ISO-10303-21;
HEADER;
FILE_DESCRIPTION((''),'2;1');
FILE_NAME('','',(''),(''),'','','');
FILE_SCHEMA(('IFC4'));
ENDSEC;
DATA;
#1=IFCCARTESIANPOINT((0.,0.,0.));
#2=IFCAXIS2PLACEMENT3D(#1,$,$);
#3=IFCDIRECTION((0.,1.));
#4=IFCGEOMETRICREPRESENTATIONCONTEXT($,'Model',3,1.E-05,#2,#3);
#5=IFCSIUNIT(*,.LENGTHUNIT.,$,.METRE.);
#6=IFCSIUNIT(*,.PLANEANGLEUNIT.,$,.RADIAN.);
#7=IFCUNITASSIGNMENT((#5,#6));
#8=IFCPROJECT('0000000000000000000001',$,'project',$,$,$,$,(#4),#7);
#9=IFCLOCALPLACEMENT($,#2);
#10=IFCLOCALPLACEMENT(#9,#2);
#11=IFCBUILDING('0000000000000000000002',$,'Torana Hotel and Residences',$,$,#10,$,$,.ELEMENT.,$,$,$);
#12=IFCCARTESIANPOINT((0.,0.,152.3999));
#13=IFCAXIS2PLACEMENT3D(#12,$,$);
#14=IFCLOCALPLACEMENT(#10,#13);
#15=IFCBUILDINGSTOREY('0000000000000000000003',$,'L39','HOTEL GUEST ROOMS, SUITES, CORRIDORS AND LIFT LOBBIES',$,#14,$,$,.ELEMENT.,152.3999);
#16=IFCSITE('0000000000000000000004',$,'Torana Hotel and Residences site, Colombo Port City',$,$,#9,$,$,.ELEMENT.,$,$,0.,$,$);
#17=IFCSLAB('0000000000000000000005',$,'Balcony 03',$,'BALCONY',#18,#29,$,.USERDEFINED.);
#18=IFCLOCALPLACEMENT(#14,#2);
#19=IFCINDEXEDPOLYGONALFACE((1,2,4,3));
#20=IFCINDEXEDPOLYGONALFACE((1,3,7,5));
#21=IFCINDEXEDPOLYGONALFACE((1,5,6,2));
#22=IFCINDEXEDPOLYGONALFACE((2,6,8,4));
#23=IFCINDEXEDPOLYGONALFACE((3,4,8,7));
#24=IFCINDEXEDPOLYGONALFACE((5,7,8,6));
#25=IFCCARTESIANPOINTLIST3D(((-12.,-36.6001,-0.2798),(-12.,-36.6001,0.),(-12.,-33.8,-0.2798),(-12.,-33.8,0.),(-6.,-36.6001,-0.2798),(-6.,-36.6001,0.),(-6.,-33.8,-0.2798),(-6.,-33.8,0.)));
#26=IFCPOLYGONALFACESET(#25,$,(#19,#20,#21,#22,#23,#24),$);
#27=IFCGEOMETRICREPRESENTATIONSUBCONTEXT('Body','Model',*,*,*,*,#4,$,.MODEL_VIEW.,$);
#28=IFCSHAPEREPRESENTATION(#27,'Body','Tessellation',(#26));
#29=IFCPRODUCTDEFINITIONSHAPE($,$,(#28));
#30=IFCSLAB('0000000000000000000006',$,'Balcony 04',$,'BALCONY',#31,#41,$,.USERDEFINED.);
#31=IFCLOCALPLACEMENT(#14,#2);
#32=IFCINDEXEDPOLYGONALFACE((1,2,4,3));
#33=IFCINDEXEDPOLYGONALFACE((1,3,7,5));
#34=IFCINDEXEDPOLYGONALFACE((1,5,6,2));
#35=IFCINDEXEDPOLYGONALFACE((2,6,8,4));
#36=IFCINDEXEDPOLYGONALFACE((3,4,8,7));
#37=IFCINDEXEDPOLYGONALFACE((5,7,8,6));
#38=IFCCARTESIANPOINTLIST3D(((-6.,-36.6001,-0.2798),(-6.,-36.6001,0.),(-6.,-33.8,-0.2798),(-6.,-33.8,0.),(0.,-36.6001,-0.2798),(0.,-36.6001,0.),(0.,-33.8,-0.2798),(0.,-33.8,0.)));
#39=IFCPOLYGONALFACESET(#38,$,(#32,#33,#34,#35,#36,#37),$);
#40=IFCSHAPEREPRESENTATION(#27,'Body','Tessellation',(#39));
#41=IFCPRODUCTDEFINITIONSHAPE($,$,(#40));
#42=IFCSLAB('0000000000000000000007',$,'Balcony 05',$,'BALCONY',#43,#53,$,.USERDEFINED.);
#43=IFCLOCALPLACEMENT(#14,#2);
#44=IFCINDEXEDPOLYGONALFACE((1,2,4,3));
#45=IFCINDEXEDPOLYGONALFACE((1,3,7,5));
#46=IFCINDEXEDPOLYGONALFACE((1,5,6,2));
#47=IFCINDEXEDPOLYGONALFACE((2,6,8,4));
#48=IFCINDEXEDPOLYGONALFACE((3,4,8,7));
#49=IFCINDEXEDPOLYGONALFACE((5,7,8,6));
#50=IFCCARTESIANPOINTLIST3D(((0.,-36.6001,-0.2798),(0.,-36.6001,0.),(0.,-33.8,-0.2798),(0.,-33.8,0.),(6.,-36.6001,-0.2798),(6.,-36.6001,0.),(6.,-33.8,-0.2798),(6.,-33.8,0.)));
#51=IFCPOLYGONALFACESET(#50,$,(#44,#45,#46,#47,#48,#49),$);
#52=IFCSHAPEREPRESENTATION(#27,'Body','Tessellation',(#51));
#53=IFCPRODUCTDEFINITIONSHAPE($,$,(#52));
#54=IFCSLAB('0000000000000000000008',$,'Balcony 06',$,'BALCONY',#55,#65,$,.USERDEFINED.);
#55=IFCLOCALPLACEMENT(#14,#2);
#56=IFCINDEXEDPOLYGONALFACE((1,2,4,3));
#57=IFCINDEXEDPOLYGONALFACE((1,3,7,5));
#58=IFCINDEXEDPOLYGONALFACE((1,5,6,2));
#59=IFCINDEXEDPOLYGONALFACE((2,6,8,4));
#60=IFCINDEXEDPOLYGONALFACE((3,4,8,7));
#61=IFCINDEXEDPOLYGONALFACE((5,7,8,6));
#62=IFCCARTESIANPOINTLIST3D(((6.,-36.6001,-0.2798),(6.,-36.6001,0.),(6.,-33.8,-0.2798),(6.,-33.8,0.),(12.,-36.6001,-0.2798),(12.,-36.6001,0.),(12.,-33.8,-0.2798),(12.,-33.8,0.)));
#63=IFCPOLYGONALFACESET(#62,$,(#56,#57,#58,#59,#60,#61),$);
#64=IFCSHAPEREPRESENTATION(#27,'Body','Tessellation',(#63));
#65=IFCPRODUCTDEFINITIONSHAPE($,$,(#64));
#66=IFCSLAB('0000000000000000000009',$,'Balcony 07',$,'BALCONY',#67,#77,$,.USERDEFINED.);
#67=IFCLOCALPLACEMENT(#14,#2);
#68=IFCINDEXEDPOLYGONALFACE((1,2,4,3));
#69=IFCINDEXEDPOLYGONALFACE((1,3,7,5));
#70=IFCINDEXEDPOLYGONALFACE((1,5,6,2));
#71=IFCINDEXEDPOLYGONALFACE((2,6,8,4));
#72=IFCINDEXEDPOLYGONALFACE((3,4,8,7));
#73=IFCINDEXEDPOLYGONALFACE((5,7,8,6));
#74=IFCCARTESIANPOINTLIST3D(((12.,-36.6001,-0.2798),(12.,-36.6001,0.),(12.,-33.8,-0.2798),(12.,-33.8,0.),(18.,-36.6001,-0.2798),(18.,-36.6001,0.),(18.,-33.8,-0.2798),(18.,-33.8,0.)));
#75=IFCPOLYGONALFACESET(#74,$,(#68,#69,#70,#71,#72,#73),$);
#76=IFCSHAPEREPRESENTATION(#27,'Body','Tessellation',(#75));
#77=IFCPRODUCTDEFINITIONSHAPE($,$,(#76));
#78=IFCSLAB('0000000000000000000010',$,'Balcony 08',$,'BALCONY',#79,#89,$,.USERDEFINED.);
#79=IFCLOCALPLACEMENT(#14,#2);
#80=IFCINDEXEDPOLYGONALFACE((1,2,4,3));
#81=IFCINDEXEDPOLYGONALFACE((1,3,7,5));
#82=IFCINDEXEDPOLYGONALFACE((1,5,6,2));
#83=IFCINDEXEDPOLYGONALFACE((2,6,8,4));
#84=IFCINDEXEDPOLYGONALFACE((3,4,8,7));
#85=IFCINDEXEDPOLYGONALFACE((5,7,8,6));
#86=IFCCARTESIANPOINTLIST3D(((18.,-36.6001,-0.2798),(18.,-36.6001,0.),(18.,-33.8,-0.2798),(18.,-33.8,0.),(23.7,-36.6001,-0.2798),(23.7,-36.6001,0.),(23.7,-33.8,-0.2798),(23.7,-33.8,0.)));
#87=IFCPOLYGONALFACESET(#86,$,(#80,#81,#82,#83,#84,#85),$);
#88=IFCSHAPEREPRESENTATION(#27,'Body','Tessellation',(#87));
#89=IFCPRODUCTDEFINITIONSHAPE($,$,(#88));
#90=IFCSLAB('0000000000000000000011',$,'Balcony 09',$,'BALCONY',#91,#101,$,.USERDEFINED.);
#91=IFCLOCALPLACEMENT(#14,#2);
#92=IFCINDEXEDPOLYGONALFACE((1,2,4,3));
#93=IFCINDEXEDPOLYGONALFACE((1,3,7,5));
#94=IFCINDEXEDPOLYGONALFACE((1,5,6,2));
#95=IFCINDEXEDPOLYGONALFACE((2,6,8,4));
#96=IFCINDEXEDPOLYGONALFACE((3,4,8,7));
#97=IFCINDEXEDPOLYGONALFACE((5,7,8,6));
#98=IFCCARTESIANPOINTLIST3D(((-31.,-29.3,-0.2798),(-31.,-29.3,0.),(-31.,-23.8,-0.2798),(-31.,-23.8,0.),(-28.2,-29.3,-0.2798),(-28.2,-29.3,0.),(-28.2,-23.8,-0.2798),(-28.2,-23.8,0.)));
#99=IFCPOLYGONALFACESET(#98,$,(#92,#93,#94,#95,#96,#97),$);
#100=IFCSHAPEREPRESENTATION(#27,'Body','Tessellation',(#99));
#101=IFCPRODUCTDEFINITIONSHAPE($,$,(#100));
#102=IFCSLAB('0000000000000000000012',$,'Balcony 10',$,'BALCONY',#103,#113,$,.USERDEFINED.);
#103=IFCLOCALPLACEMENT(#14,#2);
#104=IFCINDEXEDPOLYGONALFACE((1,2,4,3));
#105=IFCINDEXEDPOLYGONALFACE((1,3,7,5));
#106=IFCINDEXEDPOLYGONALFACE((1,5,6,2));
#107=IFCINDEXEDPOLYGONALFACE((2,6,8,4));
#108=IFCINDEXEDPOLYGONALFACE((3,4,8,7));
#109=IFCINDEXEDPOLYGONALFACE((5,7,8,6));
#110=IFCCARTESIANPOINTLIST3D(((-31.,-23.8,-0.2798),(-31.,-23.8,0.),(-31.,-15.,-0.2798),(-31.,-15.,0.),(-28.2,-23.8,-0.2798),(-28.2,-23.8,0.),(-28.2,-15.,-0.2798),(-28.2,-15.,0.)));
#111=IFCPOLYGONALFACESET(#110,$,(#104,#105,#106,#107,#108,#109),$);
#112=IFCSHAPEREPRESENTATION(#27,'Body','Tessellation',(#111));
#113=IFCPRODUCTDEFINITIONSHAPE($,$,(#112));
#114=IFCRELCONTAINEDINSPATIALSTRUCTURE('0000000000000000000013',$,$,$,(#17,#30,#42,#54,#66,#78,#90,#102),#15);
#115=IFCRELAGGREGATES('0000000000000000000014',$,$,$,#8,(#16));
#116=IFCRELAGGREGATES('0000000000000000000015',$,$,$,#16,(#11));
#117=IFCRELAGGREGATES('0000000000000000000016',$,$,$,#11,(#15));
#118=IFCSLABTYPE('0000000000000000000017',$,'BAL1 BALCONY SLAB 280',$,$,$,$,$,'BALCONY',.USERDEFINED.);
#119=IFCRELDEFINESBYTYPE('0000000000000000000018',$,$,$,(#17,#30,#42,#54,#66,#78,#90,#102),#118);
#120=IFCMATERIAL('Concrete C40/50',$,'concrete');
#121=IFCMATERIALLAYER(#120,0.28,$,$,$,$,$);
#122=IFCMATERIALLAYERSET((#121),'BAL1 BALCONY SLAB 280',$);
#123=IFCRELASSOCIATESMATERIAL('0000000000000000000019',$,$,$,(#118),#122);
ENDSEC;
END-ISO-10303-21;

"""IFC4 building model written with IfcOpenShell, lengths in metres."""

from ifc_helpers import new_model, si_unit, direction, frame, origin, place, context, subcontext, project, spatial, polyline, outline, extrude, material, layer, layer_set, type_object, element, save


model = new_model("IFC4")

# Units and contexts
model_context = context("Model", 3, precision=1e-05, world=origin(), true_north=direction((0.0, 1.0)))
body_context = subcontext(model_context, "Body", "Model", "MODEL_VIEW")
ifc_project = project(units=[si_unit("LENGTHUNIT", "METRE"), si_unit("PLANEANGLEUNIT", "RADIAN")], contexts=[model_context])

# Site, building, storey
site_placement = place(None, origin())
site = spatial("IfcSite", under=ifc_project, at=site_placement, Name="Torana Hotel and Residences site, Colombo Port City", CompositionType="ELEMENT", RefElevation=0.0)
building_placement = place(site_placement, origin())
building = spatial("IfcBuilding", under=site, at=building_placement, Name="Torana Hotel and Residences", CompositionType="ELEMENT")
storey_placement = place(building_placement, frame((0.0, 0.0, 152.3999)))
storey = spatial("IfcBuildingStorey", under=building, at=storey_placement, Name="L39", Description="HOTEL GUEST ROOMS, SUITES, CORRIDORS AND LIFT LOBBIES", CompositionType="ELEMENT", Elevation=152.3999)

# Slabs
ifc_material_1 = material(Name="Concrete C40/50", Category="concrete")
ifc_layer_1 = layer(ifc_material_1, 0.28)
ifc_layer_set_1 = layer_set([ifc_layer_1], Name="BAL1 BALCONY SLAB 280")
slab_type = type_object("IfcSlabType", Name="BAL1 BALCONY SLAB 280", ElementType="BALCONY", PredefinedType="USERDEFINED", material=ifc_layer_set_1)
slab_1_placement = place(storey_placement, frame((0.0, 0.0, -0.2798)))
element("IfcSlab", 1, at=slab_1_placement, inside=storey, type_object=slab_type, Name="Balcony 03", ObjectType="BALCONY", PredefinedType="USERDEFINED", context=body_context, shape_type="SweptSolid", body=[
    extrude(outline(polyline([(-12.0, -36.6001), (-6.0, -36.6001), (-6.0, -33.8), (-12.0, -33.8), (-12.0, -36.6001)])), origin(), (0.0, 0.0, 1.0), 0.2798),
])
slab_2_placement = place(storey_placement, frame((0.0, 0.0, -0.2798)))
element("IfcSlab", 2, at=slab_2_placement, inside=storey, type_object=slab_type, Name="Balcony 04", ObjectType="BALCONY", PredefinedType="USERDEFINED", context=body_context, shape_type="SweptSolid", body=[
    extrude(outline(polyline([(-6.0, -36.6001), (0.0, -36.6001), (0.0, -33.8), (-6.0, -33.8), (-6.0, -36.6001)])), origin(), (0.0, 0.0, 1.0), 0.2798),
])
slab_3_placement = place(storey_placement, frame((0.0, 0.0, -0.2798)))
element("IfcSlab", 3, at=slab_3_placement, inside=storey, type_object=slab_type, Name="Balcony 05", ObjectType="BALCONY", PredefinedType="USERDEFINED", context=body_context, shape_type="SweptSolid", body=[
    extrude(outline(polyline([(0.0, -36.6001), (6.0, -36.6001), (6.0, -33.8), (0.0, -33.8), (0.0, -36.6001)])), origin(), (0.0, 0.0, 1.0), 0.2798),
])
slab_4_placement = place(storey_placement, frame((0.0, 0.0, -0.2798)))
element("IfcSlab", 4, at=slab_4_placement, inside=storey, type_object=slab_type, Name="Balcony 06", ObjectType="BALCONY", PredefinedType="USERDEFINED", context=body_context, shape_type="SweptSolid", body=[
    extrude(outline(polyline([(6.0, -36.6001), (12.0, -36.6001), (12.0, -33.8), (6.0, -33.8), (6.0, -36.6001)])), origin(), (0.0, 0.0, 1.0), 0.2798),
])
slab_5_placement = place(storey_placement, frame((0.0, 0.0, -0.2798)))
element("IfcSlab", 5, at=slab_5_placement, inside=storey, type_object=slab_type, Name="Balcony 07", ObjectType="BALCONY", PredefinedType="USERDEFINED", context=body_context, shape_type="SweptSolid", body=[
    extrude(outline(polyline([(12.0, -36.6001), (18.0, -36.6001), (18.0, -33.8), (12.0, -33.8), (12.0, -36.6001)])), origin(), (0.0, 0.0, 1.0), 0.2798),
])
slab_6_placement = place(storey_placement, frame((0.0, 0.0, -0.2798)))
element("IfcSlab", 6, at=slab_6_placement, inside=storey, type_object=slab_type, Name="Balcony 08", ObjectType="BALCONY", PredefinedType="USERDEFINED", context=body_context, shape_type="SweptSolid", body=[
    extrude(outline(polyline([(18.0, -36.6001), (23.7, -36.6001), (23.7, -33.8), (18.0, -33.8), (18.0, -36.6001)])), origin(), (0.0, 0.0, 1.0), 0.2798),
])
slab_7_placement = place(storey_placement, frame((0.0, 0.0, -0.2798)))
element("IfcSlab", 7, at=slab_7_placement, inside=storey, type_object=slab_type, Name="Balcony 09", ObjectType="BALCONY", PredefinedType="USERDEFINED", context=body_context, shape_type="SweptSolid", body=[
    extrude(outline(polyline([(-31.0, -29.3), (-28.2, -29.3), (-28.2, -23.8), (-31.0, -23.8), (-31.0, -29.3)])), origin(), (0.0, 0.0, 1.0), 0.2798),
])
slab_8_placement = place(storey_placement, frame((0.0, 0.0, -0.2798)))
element("IfcSlab", 8, at=slab_8_placement, inside=storey, type_object=slab_type, Name="Balcony 10", ObjectType="BALCONY", PredefinedType="USERDEFINED", context=body_context, shape_type="SweptSolid", body=[
    extrude(outline(polyline([(-31.0, -23.8), (-28.2, -23.8), (-28.2, -15.0), (-31.0, -15.0), (-31.0, -23.8)])), origin(), (0.0, 0.0, 1.0), 0.2798),
])

save(model, "model.ifc")
